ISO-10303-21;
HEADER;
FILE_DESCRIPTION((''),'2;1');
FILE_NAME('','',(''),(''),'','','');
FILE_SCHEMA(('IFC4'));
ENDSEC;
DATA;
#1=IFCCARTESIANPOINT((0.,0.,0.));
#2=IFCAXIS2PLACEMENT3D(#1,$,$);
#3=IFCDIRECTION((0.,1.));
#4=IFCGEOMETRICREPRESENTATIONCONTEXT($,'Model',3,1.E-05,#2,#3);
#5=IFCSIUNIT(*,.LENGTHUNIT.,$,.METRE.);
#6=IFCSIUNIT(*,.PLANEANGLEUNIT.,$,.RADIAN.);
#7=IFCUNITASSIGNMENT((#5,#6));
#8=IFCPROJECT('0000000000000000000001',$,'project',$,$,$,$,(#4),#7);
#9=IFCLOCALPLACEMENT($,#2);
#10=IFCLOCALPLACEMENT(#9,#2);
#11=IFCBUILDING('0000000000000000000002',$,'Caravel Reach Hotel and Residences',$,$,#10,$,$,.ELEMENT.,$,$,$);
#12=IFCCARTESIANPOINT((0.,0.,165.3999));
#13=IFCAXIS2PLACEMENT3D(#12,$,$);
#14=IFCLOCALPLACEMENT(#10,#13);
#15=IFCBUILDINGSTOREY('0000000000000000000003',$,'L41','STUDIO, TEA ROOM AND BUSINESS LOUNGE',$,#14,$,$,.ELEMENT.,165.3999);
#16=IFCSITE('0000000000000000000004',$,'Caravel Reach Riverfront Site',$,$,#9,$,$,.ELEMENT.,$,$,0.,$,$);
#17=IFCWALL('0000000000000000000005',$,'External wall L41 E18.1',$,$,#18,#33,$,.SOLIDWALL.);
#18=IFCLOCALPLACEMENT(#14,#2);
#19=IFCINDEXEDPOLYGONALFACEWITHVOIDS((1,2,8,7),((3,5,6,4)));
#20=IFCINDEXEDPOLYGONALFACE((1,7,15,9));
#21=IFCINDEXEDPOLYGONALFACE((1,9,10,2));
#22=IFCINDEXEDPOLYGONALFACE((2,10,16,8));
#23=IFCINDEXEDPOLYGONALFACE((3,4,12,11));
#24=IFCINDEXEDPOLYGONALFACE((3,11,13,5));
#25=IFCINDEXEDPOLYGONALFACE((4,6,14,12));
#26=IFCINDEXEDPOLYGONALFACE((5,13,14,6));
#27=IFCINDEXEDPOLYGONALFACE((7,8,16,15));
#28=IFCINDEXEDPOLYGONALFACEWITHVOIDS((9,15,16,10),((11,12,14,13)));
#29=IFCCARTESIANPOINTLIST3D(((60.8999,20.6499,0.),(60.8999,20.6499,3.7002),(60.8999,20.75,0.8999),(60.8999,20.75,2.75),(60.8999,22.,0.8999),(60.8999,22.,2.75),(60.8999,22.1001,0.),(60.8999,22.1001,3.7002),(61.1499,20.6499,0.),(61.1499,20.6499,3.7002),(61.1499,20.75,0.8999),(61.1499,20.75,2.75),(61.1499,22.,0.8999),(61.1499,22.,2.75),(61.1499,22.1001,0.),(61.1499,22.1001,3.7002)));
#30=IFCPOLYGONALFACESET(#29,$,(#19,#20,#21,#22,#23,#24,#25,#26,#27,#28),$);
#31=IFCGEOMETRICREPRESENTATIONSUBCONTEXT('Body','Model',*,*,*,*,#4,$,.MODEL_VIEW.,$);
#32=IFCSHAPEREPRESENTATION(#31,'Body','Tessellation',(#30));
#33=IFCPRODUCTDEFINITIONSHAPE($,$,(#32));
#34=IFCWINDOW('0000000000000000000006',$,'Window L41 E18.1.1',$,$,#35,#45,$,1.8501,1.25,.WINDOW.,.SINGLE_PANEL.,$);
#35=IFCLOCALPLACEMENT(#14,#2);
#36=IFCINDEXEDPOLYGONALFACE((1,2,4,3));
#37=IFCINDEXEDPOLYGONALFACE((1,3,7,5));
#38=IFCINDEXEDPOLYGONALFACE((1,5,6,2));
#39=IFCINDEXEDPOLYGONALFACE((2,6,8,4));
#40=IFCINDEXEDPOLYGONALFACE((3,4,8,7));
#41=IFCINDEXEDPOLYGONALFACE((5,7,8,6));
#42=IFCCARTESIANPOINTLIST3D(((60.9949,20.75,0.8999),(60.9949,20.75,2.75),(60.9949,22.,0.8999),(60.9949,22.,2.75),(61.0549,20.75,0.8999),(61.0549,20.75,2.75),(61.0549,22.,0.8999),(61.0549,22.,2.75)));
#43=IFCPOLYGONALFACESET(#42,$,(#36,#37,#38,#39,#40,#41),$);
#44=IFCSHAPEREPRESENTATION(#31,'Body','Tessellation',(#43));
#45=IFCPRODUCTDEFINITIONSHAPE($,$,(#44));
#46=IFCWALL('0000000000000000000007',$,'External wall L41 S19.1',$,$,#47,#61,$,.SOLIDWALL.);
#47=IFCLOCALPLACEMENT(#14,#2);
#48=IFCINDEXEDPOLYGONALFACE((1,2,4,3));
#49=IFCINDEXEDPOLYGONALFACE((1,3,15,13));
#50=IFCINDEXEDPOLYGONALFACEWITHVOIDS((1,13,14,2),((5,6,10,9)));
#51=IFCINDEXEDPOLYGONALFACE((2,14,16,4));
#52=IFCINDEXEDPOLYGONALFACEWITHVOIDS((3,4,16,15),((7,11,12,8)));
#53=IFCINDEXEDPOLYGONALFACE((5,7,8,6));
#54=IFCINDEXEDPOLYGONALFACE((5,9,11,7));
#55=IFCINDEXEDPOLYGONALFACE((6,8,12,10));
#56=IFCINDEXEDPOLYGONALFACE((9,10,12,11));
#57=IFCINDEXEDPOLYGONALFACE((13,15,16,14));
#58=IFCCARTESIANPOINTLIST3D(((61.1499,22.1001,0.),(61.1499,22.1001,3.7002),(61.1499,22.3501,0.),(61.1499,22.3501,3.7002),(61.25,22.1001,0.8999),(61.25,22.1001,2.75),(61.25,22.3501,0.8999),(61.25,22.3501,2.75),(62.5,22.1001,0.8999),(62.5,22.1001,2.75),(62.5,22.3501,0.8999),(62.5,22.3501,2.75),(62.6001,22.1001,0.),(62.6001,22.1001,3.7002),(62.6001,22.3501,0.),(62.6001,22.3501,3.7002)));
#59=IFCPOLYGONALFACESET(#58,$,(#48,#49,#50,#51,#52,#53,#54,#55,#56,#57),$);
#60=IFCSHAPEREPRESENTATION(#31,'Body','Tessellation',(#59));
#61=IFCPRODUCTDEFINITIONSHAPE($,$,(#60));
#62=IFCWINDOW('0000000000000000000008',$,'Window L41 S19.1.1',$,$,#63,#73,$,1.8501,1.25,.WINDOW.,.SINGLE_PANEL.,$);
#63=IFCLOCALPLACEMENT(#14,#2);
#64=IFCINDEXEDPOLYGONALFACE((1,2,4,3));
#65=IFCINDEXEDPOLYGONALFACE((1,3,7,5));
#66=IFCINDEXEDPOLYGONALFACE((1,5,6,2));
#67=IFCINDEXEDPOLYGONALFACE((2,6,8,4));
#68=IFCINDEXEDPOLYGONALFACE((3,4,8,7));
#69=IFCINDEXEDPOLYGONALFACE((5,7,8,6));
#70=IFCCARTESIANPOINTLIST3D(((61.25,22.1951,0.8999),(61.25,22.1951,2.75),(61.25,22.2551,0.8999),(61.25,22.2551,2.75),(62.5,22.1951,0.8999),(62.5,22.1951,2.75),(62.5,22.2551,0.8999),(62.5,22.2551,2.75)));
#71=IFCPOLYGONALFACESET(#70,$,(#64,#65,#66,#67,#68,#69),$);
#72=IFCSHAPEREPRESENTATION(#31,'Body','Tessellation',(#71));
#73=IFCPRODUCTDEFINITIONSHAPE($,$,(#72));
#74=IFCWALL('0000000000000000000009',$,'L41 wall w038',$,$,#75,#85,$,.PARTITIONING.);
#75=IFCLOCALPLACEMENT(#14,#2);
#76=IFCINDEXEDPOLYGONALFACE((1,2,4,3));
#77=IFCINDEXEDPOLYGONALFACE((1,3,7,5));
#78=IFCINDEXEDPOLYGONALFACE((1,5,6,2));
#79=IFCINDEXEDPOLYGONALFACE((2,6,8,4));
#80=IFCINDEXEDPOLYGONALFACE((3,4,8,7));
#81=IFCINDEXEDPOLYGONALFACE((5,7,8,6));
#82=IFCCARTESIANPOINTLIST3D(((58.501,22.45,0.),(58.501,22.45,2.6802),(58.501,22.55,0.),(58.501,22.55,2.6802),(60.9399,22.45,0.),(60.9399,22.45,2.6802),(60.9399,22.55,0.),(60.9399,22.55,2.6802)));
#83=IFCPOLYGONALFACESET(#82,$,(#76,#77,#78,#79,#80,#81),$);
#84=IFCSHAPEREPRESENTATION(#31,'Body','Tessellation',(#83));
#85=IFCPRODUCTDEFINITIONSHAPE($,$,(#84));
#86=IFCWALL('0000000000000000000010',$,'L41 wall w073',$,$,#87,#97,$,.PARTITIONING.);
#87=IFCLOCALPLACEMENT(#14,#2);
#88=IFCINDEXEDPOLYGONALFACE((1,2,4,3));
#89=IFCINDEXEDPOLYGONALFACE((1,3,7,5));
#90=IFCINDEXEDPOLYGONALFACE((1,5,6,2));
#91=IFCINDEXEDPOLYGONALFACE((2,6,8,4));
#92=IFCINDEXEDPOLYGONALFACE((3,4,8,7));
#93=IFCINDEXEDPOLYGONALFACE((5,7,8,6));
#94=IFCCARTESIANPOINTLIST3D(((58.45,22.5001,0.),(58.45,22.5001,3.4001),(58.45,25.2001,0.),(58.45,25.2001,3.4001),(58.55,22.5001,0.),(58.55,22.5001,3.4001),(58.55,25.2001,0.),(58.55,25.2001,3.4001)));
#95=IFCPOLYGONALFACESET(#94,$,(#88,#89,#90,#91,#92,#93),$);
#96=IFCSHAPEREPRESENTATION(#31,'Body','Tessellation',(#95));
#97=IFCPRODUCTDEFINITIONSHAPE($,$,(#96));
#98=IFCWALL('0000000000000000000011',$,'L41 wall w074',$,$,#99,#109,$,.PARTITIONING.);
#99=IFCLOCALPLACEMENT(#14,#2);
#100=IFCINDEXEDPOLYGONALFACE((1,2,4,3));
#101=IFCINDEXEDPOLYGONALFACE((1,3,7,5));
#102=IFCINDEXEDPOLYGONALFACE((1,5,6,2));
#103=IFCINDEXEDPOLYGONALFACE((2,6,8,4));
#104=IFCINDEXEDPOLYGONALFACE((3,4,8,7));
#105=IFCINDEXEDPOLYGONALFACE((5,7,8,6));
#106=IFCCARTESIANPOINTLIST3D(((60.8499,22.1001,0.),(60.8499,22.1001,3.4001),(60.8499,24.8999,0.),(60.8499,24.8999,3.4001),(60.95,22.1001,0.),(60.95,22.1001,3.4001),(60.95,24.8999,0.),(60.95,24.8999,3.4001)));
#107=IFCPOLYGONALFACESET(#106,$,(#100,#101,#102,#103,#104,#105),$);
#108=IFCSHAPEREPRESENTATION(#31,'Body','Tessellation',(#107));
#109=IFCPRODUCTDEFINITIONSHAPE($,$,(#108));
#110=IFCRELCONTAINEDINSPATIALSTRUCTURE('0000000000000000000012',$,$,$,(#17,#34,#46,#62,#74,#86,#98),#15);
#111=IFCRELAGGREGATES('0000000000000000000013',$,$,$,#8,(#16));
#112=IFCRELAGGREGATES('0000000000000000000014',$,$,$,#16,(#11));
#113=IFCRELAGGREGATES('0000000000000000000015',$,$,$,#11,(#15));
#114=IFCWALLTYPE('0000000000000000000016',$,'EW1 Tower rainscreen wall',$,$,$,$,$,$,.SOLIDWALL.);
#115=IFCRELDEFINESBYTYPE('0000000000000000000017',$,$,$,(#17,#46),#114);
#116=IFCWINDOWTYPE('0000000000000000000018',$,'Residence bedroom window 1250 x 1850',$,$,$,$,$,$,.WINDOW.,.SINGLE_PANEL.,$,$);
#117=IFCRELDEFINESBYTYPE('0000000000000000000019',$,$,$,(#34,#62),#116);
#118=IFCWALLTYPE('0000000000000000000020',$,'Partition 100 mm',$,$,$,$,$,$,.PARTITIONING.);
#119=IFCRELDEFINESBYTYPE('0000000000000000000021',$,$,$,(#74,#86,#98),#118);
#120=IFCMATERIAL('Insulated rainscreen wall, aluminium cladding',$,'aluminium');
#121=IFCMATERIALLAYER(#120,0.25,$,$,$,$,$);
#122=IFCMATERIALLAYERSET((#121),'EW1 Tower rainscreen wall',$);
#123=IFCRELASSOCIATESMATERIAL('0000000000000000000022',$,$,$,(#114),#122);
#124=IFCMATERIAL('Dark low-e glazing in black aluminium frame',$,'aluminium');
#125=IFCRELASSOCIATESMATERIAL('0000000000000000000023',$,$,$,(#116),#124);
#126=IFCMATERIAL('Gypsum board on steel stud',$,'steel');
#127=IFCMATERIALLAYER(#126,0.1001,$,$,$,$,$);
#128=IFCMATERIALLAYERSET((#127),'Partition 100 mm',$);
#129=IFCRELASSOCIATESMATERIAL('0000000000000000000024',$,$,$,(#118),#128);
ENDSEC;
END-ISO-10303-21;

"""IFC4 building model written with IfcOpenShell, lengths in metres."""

from ifc_helpers import new_model, si_unit, direction, frame, frame_2d, origin, place, context, subcontext, project, spatial, rectangle, extrude, material, layer, layer_set, type_object, element, fill, save


model = new_model("IFC4")

# Units and contexts
model_context = context("Model", 3, precision=1e-05, world=origin(), true_north=direction((0.0, 1.0)))
body_context = subcontext(model_context, "Body", "Model", "MODEL_VIEW")
ifc_project = project(units=[si_unit("LENGTHUNIT", "METRE"), si_unit("PLANEANGLEUNIT", "RADIAN")], contexts=[model_context])

# Site, building, storey
site_placement = place(None, origin())
site = spatial("IfcSite", under=ifc_project, at=site_placement, Name="Caravel Reach Riverfront Site", CompositionType="ELEMENT", RefElevation=0.0)
building_placement = place(site_placement, origin())
building = spatial("IfcBuilding", under=site, at=building_placement, Name="Caravel Reach Hotel and Residences", CompositionType="ELEMENT")
storey_placement = place(building_placement, frame((0.0, 0.0, 165.3999)))
storey = spatial("IfcBuildingStorey", under=building, at=storey_placement, Name="L41", Description="STUDIO, TEA ROOM AND BUSINESS LOUNGE", CompositionType="ELEMENT", Elevation=165.3999)

# Walls, openings, windows
ifc_material_1 = material(Name="Insulated rainscreen wall, aluminium cladding", Category="aluminium")
ifc_layer_1 = layer(ifc_material_1, 0.25)
ifc_layer_set_1 = layer_set([ifc_layer_1], Name="EW1 Tower rainscreen wall")
wall_type_1 = type_object("IfcWallType", Name="EW1 Tower rainscreen wall", PredefinedType="SOLIDWALL", material=ifc_layer_set_1)
ifc_material_2 = material(Name="Dark low-e glazing in black aluminium frame", Category="aluminium")
window_type = type_object("IfcWindowType", Name="Residence bedroom window 1250 x 1850", PartitioningType="SINGLE_PANEL", PredefinedType="WINDOW", material=ifc_material_2)
wall_1_placement = place(storey_placement, frame((61.0249, 20.6499, 0.0), z_axis=(0.0, 0.0, 1.0), x_axis=(0.0, 1.0, 0.0)))
wall_1 = element("IfcWall", 1, at=wall_1_placement, inside=storey, type_object=wall_type_1, Name="External wall L41 E18.1", PredefinedType="SOLIDWALL", context=body_context, shape_type="SweptSolid", body=[
    extrude(rectangle(XDim=1.4502, YDim=0.25, at=frame_2d((0.7251, 0.0))), origin(), (0.0, 0.0, 1.0), 3.7002),
])
opening_1_placement = place(wall_1_placement, frame((0.1001, 0.0, 0.8999)))
opening_1 = element("IfcOpeningElement", 2, at=opening_1_placement, cuts=wall_1, PredefinedType="OPENING", context=body_context, shape_type="SweptSolid", body=[
    extrude(rectangle(XDim=1.25, YDim=1.8501, at=frame_2d((0.625, 0.925))), frame((0.0, 0.135, 0.0), z_axis=(0.0, -1.0, 0.0), x_axis=(1.0, 0.0, 0.0)), (0.0, 0.0, 1.0), 0.27),
])
window_1_placement = place(opening_1_placement, origin())
window_1 = element("IfcWindow", 3, at=window_1_placement, inside=storey, type_object=window_type, Name="Window L41 E18.1.1", OverallHeight=1.8501, OverallWidth=1.25, PartitioningType="SINGLE_PANEL", PredefinedType="WINDOW", context=body_context, shape_type="SweptSolid", body=[
    extrude(rectangle(XDim=1.25, YDim=1.8501, at=frame_2d((0.625, 0.925))), frame((0.0, 0.03, 0.0), z_axis=(0.0, -1.0, 0.0), x_axis=(1.0, 0.0, 0.0)), (0.0, 0.0, 1.0), 0.0601),
])
fill(opening_1, window_1)
wall_2_placement = place(storey_placement, frame((61.1499, 22.2251, 0.0), z_axis=(0.0, 0.0, 1.0), x_axis=(1.0, 0.0, 0.0)))
wall_2 = element("IfcWall", 4, at=wall_2_placement, inside=storey, type_object=wall_type_1, Name="External wall L41 S19.1", PredefinedType="SOLIDWALL", context=body_context, shape_type="SweptSolid", body=[
    extrude(rectangle(XDim=1.4502, YDim=0.25, at=frame_2d((0.7251, 0.0))), origin(), (0.0, 0.0, 1.0), 3.7002),
])
opening_2_placement = place(wall_2_placement, frame((0.1001, 0.0, 0.8999)))
opening_2 = element("IfcOpeningElement", 5, at=opening_2_placement, cuts=wall_2, PredefinedType="OPENING", context=body_context, shape_type="SweptSolid", body=[
    extrude(rectangle(XDim=1.25, YDim=1.8501, at=frame_2d((0.625, 0.925))), frame((0.0, 0.135, 0.0), z_axis=(0.0, -1.0, 0.0), x_axis=(1.0, 0.0, 0.0)), (0.0, 0.0, 1.0), 0.27),
])
window_2_placement = place(opening_2_placement, origin())
window_2 = element("IfcWindow", 6, at=window_2_placement, inside=storey, type_object=window_type, Name="Window L41 S19.1.1", OverallHeight=1.8501, OverallWidth=1.25, PartitioningType="SINGLE_PANEL", PredefinedType="WINDOW", context=body_context, shape_type="SweptSolid", body=[
    extrude(rectangle(XDim=1.25, YDim=1.8501, at=frame_2d((0.625, 0.925))), frame((0.0, 0.03, 0.0), z_axis=(0.0, -1.0, 0.0), x_axis=(1.0, 0.0, 0.0)), (0.0, 0.0, 1.0), 0.0601),
])
fill(opening_2, window_2)

# Walls
ifc_material_3 = material(Name="Gypsum board on steel stud", Category="steel")
ifc_layer_2 = layer(ifc_material_3, 0.1001)
ifc_layer_set_2 = layer_set([ifc_layer_2], Name="Partition 100 mm")
wall_type_2 = type_object("IfcWallType", Name="Partition 100 mm", PredefinedType="PARTITIONING", material=ifc_layer_set_2)
wall_3_placement = place(storey_placement, frame((58.501, 22.5, 0.0), z_axis=(0.0, 0.0, 1.0), x_axis=(1.0, 0.0, 0.0)))
element("IfcWall", 7, at=wall_3_placement, inside=storey, type_object=wall_type_2, Name="L41 wall w038", PredefinedType="PARTITIONING", context=body_context, shape_type="SweptSolid", body=[
    extrude(rectangle(XDim=2.439, YDim=0.1001, at=frame_2d((1.2195, 0.0))), origin(), (0.0, 0.0, 1.0), 2.6802),
])
wall_4_placement = place(storey_placement, frame((58.5, 22.5, 0.0), z_axis=(0.0, 0.0, 1.0), x_axis=(0.0, 1.0, 0.0)))
element("IfcWall", 8, at=wall_4_placement, inside=storey, type_object=wall_type_2, Name="L41 wall w073", PredefinedType="PARTITIONING", context=body_context, shape_type="SweptSolid", body=[
    extrude(rectangle(XDim=2.7, YDim=0.1001, at=frame_2d((1.3501, 0.0))), origin(), (0.0, 0.0, 1.0), 3.4001),
])
wall_5_placement = place(storey_placement, frame((60.8999, 22.1001, 0.0), z_axis=(0.0, 0.0, 1.0), x_axis=(0.0, 1.0, 0.0)))
element("IfcWall", 9, at=wall_5_placement, inside=storey, type_object=wall_type_2, Name="L41 wall w074", PredefinedType="PARTITIONING", context=body_context, shape_type="SweptSolid", body=[
    extrude(rectangle(XDim=2.7998, YDim=0.1001, at=frame_2d((1.3999, 0.0))), origin(), (0.0, 0.0, 1.0), 3.4001),
])

save(model, "model.ifc")
